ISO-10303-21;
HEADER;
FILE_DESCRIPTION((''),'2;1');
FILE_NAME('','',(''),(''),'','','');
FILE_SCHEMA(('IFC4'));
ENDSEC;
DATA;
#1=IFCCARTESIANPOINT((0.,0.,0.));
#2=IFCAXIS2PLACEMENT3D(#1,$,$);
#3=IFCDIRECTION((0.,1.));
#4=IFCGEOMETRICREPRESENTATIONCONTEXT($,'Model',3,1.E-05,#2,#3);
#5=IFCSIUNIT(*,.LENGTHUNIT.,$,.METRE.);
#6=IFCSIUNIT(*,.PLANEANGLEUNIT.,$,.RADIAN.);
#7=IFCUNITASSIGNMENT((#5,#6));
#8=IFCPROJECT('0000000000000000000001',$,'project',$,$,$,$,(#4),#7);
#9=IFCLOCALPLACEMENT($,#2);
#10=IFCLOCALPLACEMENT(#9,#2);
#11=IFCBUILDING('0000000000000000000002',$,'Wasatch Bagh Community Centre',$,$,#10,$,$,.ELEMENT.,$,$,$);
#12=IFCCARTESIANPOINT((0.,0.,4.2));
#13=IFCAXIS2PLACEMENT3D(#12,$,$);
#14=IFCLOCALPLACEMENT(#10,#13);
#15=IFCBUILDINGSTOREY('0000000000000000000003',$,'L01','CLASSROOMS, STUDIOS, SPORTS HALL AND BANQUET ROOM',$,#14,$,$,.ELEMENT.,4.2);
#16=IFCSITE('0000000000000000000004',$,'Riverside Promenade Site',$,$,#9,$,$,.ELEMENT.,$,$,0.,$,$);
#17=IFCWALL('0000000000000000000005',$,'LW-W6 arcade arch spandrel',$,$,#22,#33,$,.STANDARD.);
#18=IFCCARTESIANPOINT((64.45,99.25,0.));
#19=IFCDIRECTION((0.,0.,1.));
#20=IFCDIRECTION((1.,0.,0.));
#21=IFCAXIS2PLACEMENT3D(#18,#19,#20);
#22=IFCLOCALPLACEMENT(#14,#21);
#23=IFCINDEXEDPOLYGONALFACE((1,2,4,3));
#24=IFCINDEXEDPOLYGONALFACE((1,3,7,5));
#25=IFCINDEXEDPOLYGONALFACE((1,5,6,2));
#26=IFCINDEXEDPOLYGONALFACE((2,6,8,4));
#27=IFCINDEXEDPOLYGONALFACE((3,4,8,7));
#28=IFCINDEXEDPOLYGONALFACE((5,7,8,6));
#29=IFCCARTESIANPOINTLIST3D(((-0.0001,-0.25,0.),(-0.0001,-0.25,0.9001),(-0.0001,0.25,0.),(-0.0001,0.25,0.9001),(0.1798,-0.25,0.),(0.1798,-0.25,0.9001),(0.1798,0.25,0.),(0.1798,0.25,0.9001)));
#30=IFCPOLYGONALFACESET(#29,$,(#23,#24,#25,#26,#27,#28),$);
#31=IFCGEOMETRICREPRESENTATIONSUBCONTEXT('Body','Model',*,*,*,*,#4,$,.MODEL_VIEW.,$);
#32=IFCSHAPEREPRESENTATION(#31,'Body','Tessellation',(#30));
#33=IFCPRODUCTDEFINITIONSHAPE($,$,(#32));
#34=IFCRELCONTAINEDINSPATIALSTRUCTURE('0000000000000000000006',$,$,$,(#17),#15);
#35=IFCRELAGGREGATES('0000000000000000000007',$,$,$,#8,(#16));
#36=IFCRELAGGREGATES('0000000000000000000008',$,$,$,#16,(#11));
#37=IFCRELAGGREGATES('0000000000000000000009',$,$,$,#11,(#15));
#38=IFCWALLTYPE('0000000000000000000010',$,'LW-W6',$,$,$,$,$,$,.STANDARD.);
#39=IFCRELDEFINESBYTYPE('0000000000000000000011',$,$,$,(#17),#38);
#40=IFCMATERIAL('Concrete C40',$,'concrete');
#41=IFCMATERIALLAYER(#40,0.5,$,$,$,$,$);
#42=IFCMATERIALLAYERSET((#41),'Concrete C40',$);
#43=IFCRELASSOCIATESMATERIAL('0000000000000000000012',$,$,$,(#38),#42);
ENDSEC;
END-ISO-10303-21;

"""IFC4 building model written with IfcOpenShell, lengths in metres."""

from ifc_helpers import new_model, si_unit, direction, frame, frame_2d, origin, place, context, subcontext, project, spatial, rectangle, extrude, material, layer, layer_set, type_object, element, save


model = new_model("IFC4")

# Units and contexts
model_context = context("Model", 3, precision=1e-05, world=origin(), true_north=direction((0.0, 1.0)))
body_context = subcontext(model_context, "Body", "Model", "MODEL_VIEW")
ifc_project = project(units=[si_unit("LENGTHUNIT", "METRE"), si_unit("PLANEANGLEUNIT", "RADIAN")], contexts=[model_context])

# Site, building, storey
site_placement = place(None, origin())
site = spatial("IfcSite", under=ifc_project, at=site_placement, Name="Riverside Promenade Site", CompositionType="ELEMENT", RefElevation=0.0)
building_placement = place(site_placement, origin())
building = spatial("IfcBuilding", under=site, at=building_placement, Name="Wasatch Bagh Community Centre", CompositionType="ELEMENT")
storey_placement = place(building_placement, frame((0.0, 0.0, 4.2)))
storey = spatial("IfcBuildingStorey", under=building, at=storey_placement, Name="L01", Description="CLASSROOMS, STUDIOS, SPORTS HALL AND BANQUET ROOM", CompositionType="ELEMENT", Elevation=4.2)

# Shared definitions
ifc_material_1 = material(Name="Concrete C40", Category="concrete")

# Wall
ifc_layer_1 = layer(ifc_material_1, 0.5)
ifc_layer_set_1 = layer_set([ifc_layer_1], Name="Concrete C40")
wall_type = type_object("IfcWallType", Name="LW-W6", PredefinedType="STANDARD", material=ifc_layer_set_1)
wall_1_placement = place(storey_placement, frame((64.45, 99.25, 0.0), z_axis=(0.0, 0.0, 1.0), x_axis=(1.0, 0.0, 0.0)))
element("IfcWall", 1, at=wall_1_placement, inside=storey, type_object=wall_type, Name="LW-W6 arcade arch spandrel", PredefinedType="STANDARD", context=body_context, shape_type="SweptSolid", body=[
    extrude(rectangle(XDim=0.1799, YDim=0.5, at=frame_2d((0.0898, 0.0))), origin(), (0.0, 0.0, 1.0), 0.9001),
])

save(model, "model.ifc")
